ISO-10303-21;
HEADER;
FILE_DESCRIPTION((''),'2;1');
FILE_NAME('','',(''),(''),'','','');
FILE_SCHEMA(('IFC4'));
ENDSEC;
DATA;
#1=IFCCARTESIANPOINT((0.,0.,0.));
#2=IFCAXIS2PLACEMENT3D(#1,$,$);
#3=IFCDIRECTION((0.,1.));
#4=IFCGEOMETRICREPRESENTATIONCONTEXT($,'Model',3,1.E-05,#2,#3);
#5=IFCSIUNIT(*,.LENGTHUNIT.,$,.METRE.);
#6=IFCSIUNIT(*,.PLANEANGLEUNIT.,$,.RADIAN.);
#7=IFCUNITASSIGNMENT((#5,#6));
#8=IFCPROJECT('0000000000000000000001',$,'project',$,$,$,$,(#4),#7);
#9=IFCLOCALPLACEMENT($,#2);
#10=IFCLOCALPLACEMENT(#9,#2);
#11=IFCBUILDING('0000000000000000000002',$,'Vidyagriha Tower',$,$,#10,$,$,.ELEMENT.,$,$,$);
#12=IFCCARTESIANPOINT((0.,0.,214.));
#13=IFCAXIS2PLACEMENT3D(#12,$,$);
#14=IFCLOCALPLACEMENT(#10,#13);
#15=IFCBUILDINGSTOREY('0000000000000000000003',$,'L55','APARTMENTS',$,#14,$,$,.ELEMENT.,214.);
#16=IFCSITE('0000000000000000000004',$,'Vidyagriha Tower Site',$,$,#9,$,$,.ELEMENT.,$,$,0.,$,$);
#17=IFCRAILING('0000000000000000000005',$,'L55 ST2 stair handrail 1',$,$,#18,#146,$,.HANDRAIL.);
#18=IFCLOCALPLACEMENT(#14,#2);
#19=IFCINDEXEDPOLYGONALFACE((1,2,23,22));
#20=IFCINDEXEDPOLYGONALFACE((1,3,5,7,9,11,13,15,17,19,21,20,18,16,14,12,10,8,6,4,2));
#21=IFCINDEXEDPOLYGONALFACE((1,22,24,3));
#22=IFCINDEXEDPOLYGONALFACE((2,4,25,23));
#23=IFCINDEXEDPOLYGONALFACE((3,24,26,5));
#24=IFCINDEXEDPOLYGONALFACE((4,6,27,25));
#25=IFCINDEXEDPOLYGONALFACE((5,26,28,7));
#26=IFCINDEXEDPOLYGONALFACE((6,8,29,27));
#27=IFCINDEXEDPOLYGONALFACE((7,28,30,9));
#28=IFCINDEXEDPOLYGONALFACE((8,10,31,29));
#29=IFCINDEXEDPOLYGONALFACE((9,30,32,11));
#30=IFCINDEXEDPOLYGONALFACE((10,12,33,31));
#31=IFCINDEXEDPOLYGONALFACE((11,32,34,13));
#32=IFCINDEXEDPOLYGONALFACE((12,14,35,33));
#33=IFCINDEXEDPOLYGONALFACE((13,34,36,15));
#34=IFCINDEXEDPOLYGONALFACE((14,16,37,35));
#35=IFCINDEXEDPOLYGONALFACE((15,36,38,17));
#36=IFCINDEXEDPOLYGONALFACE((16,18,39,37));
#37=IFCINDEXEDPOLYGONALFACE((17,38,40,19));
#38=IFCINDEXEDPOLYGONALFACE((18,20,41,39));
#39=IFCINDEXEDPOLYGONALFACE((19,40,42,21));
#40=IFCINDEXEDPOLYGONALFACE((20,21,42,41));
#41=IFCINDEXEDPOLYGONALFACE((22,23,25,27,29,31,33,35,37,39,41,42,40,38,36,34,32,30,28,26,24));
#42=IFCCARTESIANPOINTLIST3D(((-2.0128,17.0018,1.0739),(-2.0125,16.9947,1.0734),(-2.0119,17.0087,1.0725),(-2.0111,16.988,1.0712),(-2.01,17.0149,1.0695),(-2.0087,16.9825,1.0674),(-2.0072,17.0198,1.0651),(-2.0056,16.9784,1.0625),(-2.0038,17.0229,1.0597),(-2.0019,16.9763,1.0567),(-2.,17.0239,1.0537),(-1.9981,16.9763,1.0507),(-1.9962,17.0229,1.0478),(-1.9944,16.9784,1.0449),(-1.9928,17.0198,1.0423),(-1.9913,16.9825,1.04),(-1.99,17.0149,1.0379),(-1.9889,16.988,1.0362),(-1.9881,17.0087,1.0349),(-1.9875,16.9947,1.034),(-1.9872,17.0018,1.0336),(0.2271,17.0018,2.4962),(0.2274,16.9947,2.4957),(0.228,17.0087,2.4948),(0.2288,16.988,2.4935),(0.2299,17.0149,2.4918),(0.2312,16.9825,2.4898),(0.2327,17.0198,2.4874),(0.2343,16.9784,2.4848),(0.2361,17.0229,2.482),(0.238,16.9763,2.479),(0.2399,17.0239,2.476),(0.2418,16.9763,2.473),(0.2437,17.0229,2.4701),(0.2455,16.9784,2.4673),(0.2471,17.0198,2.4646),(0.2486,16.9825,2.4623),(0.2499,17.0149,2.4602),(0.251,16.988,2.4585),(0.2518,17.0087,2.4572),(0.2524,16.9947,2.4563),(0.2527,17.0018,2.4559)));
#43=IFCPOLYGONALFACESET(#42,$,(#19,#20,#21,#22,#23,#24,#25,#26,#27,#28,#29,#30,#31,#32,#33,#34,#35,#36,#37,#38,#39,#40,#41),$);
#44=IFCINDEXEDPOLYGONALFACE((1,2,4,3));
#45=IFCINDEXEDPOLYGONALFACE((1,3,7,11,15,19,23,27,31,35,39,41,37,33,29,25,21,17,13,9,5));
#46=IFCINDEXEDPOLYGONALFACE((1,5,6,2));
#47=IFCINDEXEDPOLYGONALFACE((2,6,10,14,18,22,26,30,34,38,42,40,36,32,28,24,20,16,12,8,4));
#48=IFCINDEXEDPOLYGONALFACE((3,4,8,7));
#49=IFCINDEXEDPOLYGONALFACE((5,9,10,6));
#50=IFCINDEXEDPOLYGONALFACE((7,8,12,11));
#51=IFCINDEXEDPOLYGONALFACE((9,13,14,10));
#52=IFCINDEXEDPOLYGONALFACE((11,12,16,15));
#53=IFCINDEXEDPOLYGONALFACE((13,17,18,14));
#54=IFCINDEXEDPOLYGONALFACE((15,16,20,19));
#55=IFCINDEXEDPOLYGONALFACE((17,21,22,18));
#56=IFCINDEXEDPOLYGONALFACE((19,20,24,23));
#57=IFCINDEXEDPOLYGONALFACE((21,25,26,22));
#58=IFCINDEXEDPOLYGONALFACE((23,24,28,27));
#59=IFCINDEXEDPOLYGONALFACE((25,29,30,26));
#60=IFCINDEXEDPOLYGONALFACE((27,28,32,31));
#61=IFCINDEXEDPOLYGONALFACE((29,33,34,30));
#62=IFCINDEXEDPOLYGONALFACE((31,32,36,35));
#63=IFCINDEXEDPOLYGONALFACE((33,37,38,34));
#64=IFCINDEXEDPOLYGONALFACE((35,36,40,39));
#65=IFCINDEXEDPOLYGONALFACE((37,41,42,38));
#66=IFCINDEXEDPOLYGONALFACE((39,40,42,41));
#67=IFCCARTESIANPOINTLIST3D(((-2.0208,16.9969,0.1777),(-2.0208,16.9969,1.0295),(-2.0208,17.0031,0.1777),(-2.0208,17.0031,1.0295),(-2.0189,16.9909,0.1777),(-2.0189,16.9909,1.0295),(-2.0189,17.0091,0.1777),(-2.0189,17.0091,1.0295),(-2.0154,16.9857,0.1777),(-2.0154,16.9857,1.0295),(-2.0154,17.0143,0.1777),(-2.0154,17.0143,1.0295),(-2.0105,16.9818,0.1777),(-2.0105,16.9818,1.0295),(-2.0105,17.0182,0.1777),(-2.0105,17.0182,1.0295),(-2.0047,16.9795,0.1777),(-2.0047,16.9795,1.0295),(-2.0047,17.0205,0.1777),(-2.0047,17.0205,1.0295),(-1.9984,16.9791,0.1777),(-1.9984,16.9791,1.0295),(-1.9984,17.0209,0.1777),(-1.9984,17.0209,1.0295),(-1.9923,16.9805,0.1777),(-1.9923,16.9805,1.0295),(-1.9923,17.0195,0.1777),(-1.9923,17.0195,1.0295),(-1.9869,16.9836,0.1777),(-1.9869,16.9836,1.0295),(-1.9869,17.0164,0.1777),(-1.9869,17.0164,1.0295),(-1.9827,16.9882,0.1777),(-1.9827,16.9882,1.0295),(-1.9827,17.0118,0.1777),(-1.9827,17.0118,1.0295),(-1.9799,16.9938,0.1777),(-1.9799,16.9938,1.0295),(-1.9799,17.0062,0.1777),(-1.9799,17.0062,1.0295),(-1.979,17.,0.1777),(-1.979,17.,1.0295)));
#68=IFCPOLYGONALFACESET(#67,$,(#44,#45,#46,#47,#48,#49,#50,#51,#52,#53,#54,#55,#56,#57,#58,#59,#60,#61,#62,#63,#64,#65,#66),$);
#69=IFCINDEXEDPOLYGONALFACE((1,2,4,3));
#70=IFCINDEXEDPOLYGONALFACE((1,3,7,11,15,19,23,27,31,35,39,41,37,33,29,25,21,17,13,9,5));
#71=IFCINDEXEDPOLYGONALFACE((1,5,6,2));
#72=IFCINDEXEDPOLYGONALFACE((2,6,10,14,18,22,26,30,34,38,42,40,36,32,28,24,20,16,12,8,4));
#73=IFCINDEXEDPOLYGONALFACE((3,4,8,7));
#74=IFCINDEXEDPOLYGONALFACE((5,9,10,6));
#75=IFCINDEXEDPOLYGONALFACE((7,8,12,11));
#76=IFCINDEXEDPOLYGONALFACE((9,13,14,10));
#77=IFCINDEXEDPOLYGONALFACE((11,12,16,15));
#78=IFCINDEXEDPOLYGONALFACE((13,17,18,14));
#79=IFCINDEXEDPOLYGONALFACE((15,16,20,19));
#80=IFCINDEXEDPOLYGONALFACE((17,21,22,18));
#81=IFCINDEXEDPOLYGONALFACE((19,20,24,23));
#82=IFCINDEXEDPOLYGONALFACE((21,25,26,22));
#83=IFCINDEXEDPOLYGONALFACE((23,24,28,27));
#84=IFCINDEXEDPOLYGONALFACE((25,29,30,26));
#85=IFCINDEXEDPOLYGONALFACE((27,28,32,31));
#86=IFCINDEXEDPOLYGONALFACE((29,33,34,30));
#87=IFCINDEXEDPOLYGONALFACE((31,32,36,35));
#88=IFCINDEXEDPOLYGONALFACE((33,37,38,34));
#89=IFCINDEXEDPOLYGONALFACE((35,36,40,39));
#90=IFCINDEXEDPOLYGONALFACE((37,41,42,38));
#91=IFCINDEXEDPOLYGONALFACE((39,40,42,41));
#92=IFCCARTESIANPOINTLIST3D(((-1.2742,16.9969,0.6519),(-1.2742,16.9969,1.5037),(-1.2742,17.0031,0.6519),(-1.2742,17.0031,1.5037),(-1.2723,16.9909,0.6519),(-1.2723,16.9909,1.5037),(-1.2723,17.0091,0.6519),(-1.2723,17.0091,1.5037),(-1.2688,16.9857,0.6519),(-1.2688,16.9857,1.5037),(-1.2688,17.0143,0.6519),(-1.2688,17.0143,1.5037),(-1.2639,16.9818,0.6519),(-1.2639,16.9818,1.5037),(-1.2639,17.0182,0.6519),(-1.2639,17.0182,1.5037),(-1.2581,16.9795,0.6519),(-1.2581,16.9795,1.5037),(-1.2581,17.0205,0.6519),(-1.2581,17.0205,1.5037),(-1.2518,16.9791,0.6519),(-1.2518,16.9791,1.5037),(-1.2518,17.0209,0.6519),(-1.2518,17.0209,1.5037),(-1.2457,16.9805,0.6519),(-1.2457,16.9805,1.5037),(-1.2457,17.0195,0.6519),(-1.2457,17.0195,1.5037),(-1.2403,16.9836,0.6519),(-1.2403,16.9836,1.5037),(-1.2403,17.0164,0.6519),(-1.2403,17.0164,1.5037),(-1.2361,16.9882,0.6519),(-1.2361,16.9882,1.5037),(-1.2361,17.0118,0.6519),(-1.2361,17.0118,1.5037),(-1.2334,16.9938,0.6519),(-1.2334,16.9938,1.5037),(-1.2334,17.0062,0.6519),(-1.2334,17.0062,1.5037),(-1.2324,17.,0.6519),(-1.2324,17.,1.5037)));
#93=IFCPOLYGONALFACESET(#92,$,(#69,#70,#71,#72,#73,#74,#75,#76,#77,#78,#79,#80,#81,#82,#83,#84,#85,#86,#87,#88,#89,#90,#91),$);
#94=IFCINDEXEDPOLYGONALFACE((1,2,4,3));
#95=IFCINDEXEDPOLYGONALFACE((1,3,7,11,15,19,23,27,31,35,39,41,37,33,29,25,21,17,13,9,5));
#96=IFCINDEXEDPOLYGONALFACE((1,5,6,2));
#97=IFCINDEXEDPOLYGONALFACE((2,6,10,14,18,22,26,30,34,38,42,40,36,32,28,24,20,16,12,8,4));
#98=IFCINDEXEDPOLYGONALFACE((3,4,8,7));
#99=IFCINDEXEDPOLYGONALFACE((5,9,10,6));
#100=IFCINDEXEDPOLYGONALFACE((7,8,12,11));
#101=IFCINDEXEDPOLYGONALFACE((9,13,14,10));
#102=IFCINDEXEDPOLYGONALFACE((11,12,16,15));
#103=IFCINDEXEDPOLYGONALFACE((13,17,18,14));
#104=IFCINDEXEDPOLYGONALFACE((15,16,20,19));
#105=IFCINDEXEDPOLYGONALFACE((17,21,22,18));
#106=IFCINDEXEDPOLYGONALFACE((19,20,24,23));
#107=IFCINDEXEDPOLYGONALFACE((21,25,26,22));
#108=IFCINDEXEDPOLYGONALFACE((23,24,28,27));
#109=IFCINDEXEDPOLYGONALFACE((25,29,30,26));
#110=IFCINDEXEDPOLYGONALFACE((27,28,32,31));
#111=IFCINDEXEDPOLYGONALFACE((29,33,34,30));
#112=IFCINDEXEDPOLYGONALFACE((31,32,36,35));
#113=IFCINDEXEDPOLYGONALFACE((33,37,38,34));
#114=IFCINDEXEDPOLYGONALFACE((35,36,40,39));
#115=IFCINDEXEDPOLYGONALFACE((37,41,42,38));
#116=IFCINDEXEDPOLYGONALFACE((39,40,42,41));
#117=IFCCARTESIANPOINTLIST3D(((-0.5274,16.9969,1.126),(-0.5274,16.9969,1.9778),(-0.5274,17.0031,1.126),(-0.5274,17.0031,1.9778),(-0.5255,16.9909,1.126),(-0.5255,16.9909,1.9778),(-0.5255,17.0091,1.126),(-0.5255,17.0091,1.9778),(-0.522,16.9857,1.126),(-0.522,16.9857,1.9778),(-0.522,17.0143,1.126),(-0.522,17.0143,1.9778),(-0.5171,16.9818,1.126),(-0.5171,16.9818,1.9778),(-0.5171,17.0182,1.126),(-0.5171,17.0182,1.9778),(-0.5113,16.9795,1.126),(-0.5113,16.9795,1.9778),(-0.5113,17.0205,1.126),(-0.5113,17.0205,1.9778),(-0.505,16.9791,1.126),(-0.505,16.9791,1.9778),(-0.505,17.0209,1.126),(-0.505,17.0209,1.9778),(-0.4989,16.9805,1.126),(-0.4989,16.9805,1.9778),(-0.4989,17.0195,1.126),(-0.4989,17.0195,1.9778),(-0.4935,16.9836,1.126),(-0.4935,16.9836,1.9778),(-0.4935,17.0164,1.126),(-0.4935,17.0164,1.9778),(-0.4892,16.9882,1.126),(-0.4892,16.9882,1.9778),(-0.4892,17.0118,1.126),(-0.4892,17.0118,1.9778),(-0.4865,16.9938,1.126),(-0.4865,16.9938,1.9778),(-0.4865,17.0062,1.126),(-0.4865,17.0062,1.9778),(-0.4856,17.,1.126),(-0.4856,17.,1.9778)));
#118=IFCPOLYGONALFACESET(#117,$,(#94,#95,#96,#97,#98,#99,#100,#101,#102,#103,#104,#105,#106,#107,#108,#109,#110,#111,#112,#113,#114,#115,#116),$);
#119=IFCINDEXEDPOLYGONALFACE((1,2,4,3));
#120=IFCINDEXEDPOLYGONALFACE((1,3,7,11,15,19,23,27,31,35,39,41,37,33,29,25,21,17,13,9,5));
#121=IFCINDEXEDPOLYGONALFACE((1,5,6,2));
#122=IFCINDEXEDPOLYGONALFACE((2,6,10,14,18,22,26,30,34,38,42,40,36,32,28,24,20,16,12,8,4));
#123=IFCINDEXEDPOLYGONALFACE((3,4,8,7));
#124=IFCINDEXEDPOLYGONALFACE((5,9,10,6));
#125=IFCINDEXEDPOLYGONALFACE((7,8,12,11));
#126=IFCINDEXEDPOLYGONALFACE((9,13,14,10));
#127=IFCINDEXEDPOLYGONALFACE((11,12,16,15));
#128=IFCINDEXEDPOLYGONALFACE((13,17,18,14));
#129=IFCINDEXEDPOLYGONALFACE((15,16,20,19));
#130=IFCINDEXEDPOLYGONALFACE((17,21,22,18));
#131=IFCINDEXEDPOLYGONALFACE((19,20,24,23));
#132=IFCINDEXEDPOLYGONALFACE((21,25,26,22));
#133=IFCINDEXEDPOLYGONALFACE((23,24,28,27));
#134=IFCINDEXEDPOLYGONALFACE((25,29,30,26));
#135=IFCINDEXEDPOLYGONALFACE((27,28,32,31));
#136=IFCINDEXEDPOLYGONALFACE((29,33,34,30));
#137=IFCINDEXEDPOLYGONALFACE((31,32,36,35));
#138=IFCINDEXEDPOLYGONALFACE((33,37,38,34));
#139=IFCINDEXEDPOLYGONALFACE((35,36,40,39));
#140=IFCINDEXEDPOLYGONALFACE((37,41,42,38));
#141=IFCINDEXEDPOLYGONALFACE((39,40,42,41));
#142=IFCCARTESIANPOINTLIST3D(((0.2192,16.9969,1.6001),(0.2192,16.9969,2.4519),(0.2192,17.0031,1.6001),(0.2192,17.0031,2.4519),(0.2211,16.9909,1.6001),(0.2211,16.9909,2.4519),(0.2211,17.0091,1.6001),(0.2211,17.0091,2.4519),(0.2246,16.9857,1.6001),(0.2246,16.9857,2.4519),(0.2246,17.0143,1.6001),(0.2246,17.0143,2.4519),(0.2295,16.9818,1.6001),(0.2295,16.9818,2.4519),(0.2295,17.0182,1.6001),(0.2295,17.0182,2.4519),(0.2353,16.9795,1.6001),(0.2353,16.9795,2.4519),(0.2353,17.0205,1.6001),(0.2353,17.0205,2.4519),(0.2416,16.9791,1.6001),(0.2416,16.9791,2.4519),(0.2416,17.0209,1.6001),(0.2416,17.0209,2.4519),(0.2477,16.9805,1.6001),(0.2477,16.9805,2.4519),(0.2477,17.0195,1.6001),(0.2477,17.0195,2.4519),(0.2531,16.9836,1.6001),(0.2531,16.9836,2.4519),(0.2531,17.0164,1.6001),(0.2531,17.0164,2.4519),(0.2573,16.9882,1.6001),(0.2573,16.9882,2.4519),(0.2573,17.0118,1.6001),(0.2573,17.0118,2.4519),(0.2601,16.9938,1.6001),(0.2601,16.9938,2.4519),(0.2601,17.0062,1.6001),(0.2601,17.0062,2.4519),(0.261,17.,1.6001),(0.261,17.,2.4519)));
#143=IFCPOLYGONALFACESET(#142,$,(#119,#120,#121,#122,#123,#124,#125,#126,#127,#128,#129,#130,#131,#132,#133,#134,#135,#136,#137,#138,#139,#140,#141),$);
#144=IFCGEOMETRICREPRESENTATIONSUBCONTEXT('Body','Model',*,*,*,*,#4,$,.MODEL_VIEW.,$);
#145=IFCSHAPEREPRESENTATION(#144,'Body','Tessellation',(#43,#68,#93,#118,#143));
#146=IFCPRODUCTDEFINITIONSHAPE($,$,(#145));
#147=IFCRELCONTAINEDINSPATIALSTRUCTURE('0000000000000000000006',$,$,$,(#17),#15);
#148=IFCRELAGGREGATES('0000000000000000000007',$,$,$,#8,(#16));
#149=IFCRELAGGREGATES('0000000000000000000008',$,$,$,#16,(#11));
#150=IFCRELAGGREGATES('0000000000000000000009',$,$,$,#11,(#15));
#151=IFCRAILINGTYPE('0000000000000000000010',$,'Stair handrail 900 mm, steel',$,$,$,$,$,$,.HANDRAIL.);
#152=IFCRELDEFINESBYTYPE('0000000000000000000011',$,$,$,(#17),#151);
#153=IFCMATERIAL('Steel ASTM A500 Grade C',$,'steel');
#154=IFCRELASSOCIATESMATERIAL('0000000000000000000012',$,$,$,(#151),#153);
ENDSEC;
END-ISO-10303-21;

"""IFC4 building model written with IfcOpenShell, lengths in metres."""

from ifc_helpers import new_model, si_unit, direction, frame, origin, origin_2d, place, context, subcontext, project, spatial, circle, extrude, material, type_object, element, save


model = new_model("IFC4")

# Units and contexts
model_context = context("Model", 3, precision=1e-05, world=origin(), true_north=direction((0.0, 1.0)))
body_context = subcontext(model_context, "Body", "Model", "MODEL_VIEW")
ifc_project = project(units=[si_unit("LENGTHUNIT", "METRE"), si_unit("PLANEANGLEUNIT", "RADIAN")], contexts=[model_context])

# Site, building, storey
site_placement = place(None, origin())
site = spatial("IfcSite", under=ifc_project, at=site_placement, Name="Vidyagriha Tower Site", CompositionType="ELEMENT", RefElevation=0.0)
building_placement = place(site_placement, origin())
building = spatial("IfcBuilding", under=site, at=building_placement, Name="Vidyagriha Tower", CompositionType="ELEMENT")
storey_placement = place(building_placement, frame((0.0, 0.0, 214.0)))
storey = spatial("IfcBuildingStorey", under=building, at=storey_placement, Name="L55", Description="APARTMENTS", CompositionType="ELEMENT", Elevation=214.0)

# Railing
ifc_material_1 = material(Name="Steel ASTM A500 Grade C", Category="steel")
railing_type_1 = type_object("IfcRailingType", Name="Stair handrail 900 mm, steel", PredefinedType="HANDRAIL", material=ifc_material_1)
railing_1_placement = place(storey_placement, frame((-2.0, 17.0, 0.1777)))
element("IfcRailing", 1, at=railing_1_placement, inside=storey, type_object=railing_type_1, Name="L55 ST2 stair handrail 1", PredefinedType="HANDRAIL", context=body_context, shape_type="SweptSolid", body=[
    extrude(circle(Radius=0.0239, at=origin_2d()), frame((0.0, 0.0, 0.876), z_axis=(0.844188, 0.0, 0.536048), x_axis=(0.0, 1.0, 0.0)), (0.0, 0.0, 1.0), 2.6533),
    extrude(circle(Radius=0.021, at=origin_2d()), origin(), (0.0, 0.0, 1.0), 0.8518),
    extrude(circle(Radius=0.021, at=origin_2d()), frame((0.7466, 0.0, 0.4741)), (0.0, 0.0, 1.0), 0.8518),
    extrude(circle(Radius=0.021, at=origin_2d()), frame((1.4934, 0.0, 0.9482)), (0.0, 0.0, 1.0), 0.8518),
    extrude(circle(Radius=0.021, at=origin_2d()), frame((2.24, 0.0, 1.4224)), (0.0, 0.0, 1.0), 0.8518),
])

save(model, "model.ifc")
